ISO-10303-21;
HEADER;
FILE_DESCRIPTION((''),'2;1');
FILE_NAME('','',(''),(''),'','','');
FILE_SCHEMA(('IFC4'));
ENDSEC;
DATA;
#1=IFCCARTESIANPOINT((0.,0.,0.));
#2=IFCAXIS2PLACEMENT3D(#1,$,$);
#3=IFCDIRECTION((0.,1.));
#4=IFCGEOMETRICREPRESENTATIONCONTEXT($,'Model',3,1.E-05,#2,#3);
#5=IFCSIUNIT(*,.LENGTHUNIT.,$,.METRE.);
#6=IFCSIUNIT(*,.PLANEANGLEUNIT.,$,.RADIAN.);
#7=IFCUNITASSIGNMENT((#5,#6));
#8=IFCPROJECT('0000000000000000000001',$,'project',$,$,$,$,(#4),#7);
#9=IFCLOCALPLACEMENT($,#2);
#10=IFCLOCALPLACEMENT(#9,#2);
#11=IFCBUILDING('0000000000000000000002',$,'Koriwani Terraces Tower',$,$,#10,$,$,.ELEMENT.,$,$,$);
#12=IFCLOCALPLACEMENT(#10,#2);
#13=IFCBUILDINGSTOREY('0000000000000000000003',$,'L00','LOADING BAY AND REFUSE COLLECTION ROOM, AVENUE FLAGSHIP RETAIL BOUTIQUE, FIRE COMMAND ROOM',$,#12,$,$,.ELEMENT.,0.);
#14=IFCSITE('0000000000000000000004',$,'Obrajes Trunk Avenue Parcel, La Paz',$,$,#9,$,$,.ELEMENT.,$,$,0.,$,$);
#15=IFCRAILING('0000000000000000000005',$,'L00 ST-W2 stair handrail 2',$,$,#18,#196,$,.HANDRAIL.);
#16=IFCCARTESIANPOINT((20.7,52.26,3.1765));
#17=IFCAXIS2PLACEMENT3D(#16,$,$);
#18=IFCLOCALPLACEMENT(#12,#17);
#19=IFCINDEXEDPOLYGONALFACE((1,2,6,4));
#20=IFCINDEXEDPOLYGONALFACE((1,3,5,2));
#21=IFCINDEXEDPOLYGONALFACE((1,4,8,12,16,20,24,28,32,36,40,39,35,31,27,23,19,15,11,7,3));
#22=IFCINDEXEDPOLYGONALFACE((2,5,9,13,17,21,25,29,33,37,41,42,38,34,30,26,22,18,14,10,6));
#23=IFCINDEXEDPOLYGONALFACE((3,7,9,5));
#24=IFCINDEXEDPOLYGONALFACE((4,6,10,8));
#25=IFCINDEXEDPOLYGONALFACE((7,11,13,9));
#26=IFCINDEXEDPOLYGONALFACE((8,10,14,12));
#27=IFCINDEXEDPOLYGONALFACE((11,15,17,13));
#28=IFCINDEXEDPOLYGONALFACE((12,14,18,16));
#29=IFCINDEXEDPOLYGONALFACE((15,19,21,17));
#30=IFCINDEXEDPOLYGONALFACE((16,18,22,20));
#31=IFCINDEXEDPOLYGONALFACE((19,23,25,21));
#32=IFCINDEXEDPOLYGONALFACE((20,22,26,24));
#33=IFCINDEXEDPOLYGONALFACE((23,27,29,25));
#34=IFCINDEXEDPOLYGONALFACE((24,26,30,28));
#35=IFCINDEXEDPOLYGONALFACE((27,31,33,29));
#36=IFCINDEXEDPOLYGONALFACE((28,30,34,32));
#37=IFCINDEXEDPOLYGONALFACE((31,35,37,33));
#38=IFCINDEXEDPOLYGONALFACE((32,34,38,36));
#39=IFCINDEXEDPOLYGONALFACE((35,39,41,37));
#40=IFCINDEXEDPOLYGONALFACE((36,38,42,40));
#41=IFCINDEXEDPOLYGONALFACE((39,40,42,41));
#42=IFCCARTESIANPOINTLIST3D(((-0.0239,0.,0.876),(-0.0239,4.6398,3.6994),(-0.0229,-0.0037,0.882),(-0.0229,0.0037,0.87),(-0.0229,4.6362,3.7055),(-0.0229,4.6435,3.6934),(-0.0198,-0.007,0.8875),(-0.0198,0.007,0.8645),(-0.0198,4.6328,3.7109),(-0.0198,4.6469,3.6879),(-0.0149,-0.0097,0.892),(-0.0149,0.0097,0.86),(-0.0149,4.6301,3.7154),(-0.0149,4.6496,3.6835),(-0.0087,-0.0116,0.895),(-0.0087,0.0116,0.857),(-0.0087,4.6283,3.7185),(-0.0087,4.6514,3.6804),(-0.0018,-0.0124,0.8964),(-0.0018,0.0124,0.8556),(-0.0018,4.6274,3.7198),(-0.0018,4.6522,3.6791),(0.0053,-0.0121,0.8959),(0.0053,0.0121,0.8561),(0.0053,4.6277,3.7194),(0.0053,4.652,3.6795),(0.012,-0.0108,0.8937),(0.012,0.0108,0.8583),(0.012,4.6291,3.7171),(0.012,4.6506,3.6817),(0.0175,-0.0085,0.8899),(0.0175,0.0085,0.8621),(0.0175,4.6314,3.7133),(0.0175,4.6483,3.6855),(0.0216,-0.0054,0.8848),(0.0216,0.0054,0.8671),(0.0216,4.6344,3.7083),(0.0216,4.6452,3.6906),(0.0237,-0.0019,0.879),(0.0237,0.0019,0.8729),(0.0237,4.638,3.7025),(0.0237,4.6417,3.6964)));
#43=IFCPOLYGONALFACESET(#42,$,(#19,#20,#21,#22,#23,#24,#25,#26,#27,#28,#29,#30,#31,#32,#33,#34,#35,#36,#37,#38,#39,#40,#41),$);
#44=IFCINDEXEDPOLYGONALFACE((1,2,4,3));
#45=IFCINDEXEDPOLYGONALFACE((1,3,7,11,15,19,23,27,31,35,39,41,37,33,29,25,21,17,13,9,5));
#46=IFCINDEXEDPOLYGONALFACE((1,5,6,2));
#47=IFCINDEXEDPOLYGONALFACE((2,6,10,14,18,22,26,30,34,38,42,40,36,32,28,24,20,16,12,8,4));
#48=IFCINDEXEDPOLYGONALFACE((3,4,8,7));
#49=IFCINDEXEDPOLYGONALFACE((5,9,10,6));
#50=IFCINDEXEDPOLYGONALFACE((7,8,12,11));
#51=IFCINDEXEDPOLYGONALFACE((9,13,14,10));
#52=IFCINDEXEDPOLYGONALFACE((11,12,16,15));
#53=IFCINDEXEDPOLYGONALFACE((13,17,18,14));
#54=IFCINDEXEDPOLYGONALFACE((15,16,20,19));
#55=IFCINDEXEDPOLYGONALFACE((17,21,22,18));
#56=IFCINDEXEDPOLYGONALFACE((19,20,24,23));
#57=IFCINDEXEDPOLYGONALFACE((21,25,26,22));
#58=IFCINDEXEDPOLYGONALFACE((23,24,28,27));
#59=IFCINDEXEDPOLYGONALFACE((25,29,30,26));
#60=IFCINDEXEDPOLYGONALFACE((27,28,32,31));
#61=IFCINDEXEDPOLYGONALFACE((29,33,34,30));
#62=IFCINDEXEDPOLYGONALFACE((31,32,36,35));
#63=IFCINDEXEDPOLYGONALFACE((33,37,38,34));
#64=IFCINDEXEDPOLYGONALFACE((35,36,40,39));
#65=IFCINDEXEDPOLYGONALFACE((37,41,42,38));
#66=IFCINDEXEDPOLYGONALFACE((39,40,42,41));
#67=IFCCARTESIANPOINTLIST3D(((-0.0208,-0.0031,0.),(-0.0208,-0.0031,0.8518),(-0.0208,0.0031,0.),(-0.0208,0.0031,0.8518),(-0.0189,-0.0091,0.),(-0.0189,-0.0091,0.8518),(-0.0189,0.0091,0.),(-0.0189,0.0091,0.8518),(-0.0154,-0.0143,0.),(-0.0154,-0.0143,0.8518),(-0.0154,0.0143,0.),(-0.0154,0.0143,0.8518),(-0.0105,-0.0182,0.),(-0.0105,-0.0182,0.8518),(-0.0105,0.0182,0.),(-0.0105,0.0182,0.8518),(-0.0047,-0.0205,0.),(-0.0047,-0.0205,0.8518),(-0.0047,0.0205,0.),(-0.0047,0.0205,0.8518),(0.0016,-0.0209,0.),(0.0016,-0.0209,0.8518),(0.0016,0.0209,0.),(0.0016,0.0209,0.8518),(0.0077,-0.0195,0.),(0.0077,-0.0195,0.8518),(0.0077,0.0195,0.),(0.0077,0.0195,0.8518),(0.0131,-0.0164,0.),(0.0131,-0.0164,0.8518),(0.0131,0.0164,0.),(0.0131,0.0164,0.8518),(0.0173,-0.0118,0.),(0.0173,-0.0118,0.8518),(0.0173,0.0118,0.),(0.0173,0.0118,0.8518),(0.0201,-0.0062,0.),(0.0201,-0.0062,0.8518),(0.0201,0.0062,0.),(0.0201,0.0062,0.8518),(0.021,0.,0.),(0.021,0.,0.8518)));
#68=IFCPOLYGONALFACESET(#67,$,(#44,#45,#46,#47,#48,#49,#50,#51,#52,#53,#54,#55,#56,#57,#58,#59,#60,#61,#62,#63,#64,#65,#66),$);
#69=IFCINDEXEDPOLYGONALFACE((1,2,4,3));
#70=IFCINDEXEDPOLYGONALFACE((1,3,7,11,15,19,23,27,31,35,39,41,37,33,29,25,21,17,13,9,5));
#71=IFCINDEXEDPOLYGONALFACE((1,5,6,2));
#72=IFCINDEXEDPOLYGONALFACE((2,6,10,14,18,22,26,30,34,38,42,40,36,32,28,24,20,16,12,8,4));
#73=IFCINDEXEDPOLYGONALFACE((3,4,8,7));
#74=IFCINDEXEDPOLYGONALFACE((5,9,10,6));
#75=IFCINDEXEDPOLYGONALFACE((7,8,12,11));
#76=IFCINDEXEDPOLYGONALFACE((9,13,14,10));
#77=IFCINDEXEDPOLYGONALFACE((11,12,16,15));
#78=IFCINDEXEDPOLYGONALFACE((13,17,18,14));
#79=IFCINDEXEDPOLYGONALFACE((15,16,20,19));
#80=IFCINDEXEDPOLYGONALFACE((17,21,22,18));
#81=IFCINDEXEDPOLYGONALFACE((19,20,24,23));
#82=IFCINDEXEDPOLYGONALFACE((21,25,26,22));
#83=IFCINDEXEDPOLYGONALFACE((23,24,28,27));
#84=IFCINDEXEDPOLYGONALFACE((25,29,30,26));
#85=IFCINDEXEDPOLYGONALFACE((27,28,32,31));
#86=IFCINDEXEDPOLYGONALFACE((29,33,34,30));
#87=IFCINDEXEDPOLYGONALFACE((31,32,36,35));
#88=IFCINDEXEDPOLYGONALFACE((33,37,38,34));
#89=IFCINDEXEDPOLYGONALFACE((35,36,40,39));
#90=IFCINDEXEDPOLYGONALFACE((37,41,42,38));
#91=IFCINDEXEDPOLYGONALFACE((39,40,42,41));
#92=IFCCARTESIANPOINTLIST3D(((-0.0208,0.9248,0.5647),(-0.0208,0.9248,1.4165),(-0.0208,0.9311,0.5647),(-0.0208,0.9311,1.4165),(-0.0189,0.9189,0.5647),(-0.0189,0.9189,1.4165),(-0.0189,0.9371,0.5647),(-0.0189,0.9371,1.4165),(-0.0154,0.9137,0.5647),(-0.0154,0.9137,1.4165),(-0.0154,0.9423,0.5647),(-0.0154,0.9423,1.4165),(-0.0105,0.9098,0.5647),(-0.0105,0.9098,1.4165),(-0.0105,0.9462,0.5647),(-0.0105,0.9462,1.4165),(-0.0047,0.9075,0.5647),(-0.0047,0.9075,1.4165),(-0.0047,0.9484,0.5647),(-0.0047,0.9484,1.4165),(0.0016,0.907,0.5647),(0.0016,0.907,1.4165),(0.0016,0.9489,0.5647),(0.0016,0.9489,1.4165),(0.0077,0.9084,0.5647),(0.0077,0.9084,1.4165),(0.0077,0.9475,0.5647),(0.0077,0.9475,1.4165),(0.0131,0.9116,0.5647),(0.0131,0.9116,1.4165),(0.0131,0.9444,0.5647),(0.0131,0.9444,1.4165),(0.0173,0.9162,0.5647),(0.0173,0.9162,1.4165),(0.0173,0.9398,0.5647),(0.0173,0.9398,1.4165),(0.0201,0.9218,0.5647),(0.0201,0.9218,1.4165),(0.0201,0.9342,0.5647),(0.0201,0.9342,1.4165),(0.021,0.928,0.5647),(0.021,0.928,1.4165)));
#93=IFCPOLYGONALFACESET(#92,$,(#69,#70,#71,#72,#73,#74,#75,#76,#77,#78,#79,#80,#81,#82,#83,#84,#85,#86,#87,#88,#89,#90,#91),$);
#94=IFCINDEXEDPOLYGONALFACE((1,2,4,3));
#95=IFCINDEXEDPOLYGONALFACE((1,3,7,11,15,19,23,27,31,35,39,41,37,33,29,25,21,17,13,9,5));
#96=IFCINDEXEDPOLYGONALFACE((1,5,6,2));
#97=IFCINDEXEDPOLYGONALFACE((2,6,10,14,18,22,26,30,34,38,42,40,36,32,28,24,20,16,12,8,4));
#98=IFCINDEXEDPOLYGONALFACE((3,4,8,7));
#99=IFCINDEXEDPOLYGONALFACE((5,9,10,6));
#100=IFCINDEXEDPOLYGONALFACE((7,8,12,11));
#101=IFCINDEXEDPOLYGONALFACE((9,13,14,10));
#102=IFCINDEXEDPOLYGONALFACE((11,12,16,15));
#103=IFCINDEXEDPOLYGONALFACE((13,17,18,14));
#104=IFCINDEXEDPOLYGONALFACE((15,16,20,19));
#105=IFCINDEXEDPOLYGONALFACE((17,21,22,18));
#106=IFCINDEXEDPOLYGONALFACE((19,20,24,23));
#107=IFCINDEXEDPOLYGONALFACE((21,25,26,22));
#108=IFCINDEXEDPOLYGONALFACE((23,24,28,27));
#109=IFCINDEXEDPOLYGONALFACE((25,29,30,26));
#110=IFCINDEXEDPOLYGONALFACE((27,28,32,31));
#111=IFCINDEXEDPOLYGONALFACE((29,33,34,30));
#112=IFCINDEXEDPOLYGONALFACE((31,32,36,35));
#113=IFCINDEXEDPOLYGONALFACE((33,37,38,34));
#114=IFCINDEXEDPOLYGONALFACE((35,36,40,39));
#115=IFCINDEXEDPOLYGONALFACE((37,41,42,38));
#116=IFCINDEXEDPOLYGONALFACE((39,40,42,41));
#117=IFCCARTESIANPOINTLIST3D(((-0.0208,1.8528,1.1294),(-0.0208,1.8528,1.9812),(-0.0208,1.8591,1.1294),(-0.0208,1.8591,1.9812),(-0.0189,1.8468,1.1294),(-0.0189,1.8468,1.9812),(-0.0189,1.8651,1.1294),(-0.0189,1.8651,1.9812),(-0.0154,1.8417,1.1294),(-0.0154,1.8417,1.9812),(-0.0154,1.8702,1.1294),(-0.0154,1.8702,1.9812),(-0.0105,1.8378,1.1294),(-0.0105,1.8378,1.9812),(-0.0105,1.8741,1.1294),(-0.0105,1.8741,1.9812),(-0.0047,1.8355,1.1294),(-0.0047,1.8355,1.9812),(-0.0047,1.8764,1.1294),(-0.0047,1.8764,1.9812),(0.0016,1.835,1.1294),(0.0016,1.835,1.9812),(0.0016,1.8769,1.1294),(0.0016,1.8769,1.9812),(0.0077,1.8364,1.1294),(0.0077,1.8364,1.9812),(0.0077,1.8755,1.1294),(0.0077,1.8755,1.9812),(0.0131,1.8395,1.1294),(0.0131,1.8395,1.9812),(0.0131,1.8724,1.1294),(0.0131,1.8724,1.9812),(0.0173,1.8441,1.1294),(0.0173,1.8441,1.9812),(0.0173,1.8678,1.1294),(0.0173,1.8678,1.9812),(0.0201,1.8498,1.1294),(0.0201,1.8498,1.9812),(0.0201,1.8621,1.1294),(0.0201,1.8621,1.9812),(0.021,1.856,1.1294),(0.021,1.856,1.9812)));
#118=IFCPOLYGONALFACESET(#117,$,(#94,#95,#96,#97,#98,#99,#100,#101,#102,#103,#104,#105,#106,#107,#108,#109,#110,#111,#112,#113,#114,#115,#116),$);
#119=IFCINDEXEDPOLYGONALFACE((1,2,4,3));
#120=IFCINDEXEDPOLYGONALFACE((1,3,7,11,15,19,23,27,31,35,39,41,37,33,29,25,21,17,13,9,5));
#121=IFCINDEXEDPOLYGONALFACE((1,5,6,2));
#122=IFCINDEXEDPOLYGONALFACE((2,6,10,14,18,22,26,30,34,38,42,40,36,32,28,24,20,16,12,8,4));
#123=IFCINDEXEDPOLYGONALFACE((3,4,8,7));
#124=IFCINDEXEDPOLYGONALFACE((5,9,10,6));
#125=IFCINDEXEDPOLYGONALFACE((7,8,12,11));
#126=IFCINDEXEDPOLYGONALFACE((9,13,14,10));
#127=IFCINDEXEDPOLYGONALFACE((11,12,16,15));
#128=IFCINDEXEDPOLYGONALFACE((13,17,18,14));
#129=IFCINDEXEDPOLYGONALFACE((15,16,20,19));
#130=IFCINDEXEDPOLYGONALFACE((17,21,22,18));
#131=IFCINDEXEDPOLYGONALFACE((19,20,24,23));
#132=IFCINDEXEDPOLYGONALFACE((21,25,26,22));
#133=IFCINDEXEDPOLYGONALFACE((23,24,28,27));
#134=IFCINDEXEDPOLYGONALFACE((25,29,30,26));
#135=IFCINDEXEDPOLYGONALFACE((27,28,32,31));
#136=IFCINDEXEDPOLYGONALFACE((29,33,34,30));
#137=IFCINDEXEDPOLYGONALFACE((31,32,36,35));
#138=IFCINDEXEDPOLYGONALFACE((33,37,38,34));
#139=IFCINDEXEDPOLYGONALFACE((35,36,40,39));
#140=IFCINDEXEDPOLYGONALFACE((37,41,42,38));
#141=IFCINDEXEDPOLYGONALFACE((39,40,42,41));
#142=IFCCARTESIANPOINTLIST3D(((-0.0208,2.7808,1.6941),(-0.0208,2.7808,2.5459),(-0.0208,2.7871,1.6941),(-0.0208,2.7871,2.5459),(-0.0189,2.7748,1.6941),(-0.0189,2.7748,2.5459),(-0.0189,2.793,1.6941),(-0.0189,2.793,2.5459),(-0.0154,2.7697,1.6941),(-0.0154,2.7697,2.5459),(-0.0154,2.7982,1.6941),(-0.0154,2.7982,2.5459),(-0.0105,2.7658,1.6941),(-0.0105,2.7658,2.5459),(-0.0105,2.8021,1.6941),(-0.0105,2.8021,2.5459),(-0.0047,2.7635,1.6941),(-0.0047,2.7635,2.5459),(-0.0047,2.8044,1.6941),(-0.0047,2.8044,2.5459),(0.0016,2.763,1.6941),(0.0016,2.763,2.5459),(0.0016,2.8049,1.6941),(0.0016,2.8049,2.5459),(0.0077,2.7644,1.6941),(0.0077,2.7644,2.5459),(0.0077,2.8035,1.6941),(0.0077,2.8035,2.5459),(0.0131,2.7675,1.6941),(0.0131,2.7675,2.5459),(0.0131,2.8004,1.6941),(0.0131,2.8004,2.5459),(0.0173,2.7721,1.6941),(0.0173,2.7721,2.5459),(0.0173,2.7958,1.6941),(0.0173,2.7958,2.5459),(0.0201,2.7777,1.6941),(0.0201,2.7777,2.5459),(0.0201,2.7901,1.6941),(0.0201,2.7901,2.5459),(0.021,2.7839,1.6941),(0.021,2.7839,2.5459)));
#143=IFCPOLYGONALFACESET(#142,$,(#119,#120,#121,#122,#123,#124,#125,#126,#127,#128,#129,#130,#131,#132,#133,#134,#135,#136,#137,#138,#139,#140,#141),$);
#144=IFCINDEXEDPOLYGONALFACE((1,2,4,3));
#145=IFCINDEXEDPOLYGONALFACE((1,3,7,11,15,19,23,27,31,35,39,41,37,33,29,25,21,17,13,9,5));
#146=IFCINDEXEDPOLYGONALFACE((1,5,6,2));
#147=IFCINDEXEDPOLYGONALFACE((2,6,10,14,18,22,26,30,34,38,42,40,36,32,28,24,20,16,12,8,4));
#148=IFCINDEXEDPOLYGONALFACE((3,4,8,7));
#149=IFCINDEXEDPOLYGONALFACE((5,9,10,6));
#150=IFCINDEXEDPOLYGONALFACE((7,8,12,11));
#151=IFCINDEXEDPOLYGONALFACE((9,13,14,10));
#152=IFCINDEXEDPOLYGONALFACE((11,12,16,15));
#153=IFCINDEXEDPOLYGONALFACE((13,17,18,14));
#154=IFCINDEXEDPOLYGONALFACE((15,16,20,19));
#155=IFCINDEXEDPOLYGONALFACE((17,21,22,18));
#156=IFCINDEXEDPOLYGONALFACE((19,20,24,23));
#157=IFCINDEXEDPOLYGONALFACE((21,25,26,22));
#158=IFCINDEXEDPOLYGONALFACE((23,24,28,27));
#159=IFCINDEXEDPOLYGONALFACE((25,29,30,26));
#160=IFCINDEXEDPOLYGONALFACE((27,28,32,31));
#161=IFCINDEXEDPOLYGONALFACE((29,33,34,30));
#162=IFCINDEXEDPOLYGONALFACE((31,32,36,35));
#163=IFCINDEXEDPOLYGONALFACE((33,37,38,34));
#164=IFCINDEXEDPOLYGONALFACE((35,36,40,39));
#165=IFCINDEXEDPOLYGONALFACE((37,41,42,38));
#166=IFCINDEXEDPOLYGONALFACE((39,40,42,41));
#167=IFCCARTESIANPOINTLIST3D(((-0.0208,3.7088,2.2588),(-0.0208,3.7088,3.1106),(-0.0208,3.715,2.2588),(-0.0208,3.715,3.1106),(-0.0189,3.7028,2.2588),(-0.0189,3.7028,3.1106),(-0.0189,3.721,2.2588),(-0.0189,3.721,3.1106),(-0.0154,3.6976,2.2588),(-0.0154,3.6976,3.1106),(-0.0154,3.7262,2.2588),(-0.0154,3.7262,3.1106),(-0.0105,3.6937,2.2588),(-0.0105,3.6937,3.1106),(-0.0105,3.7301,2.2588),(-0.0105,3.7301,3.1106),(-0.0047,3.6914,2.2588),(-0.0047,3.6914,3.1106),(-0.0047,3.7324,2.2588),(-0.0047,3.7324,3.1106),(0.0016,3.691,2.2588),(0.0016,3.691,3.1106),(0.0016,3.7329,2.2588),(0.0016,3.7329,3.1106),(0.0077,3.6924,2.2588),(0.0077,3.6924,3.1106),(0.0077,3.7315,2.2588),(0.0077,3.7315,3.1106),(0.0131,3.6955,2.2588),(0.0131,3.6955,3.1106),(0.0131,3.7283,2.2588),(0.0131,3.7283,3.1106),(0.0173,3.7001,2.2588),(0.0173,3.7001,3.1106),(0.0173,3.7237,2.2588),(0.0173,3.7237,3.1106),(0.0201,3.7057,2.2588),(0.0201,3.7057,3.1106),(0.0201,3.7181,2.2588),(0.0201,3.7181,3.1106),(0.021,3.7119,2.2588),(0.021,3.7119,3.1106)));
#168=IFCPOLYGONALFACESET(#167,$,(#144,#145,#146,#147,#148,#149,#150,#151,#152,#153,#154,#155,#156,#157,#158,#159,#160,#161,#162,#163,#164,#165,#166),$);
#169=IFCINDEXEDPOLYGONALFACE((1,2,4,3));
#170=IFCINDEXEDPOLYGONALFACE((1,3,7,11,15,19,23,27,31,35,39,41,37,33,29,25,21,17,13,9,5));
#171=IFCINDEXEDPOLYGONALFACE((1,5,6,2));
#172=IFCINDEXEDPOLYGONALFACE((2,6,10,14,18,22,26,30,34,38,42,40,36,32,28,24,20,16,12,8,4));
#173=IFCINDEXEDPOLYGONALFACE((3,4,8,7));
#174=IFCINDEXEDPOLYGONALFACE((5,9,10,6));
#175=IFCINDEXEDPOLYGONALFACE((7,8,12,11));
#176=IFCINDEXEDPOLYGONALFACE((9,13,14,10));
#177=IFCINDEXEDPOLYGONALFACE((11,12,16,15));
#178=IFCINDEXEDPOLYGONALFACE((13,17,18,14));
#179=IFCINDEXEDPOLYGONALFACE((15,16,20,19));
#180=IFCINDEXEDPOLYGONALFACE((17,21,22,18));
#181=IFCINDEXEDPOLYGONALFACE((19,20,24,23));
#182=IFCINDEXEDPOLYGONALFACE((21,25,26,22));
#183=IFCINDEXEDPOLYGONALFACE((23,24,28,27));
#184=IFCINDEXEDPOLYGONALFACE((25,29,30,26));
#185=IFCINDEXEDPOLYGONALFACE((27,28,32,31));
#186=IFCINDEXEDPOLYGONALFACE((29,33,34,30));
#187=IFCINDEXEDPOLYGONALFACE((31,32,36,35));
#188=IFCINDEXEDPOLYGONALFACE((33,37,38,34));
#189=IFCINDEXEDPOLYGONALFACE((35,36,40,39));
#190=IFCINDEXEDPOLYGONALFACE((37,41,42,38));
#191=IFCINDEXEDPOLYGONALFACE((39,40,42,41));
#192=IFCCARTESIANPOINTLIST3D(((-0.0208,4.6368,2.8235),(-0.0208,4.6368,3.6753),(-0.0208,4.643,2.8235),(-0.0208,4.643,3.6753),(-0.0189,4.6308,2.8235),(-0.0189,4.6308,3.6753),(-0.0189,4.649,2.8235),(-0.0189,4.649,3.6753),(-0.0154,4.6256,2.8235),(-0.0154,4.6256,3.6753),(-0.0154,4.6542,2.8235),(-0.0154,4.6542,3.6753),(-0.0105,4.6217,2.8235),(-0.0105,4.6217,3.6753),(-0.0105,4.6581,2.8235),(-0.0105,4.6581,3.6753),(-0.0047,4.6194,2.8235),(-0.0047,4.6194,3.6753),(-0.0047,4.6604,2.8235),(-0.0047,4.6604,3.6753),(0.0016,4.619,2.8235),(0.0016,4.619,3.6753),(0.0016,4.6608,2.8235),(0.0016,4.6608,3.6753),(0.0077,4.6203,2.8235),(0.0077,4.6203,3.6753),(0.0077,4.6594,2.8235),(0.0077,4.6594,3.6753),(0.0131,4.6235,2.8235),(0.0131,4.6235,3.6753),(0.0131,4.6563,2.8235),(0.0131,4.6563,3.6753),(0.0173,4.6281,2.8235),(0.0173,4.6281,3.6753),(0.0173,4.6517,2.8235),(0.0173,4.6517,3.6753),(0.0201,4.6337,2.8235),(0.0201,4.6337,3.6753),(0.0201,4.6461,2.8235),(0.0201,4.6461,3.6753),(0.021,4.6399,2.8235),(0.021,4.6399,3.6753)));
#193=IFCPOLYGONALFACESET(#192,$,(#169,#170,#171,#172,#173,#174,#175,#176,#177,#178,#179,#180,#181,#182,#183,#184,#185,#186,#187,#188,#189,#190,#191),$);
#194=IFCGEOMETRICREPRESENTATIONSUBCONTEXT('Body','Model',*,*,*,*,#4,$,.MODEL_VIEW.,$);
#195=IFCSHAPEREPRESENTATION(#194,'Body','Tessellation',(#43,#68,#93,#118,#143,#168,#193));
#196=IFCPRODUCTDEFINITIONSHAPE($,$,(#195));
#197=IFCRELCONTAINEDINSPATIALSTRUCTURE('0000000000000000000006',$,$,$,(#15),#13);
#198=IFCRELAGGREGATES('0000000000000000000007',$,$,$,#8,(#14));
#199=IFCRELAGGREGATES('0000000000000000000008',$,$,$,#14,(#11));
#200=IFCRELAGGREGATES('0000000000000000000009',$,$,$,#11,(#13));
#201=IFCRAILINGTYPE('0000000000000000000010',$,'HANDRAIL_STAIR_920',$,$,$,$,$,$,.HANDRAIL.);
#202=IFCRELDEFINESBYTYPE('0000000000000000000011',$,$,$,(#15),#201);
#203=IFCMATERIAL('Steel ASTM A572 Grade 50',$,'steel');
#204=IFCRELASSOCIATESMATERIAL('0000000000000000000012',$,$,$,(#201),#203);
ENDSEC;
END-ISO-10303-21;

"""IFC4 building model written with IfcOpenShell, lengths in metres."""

from ifc_helpers import new_model, si_unit, direction, frame, origin, origin_2d, place, context, subcontext, project, spatial, circle, extrude, material, type_object, element, save


model = new_model("IFC4")

# Units and contexts
model_context = context("Model", 3, precision=1e-05, world=origin(), true_north=direction((0.0, 1.0)))
body_context = subcontext(model_context, "Body", "Model", "MODEL_VIEW")
ifc_project = project(units=[si_unit("LENGTHUNIT", "METRE"), si_unit("PLANEANGLEUNIT", "RADIAN")], contexts=[model_context])

# Site, building, storey
site_placement = place(None, origin())
site = spatial("IfcSite", under=ifc_project, at=site_placement, Name="Obrajes Trunk Avenue Parcel, La Paz", CompositionType="ELEMENT", RefElevation=0.0)
building_placement = place(site_placement, origin())
building = spatial("IfcBuilding", under=site, at=building_placement, Name="Koriwani Terraces Tower", CompositionType="ELEMENT")
storey_placement = place(building_placement, origin())
storey = spatial("IfcBuildingStorey", under=building, at=storey_placement, Name="L00", Description="LOADING BAY AND REFUSE COLLECTION ROOM, AVENUE FLAGSHIP RETAIL BOUTIQUE, FIRE COMMAND ROOM", CompositionType="ELEMENT", Elevation=0.0)

# Shared definitions
ifc_material_1 = material(Name="Steel ASTM A572 Grade 50", Category="steel")

# Railing
railing_type_1 = type_object("IfcRailingType", Name="HANDRAIL_STAIR_920", PredefinedType="HANDRAIL", material=ifc_material_1)
for number, where, name in (
    (1, (20.7, 52.26, 3.1765), "L00 ST-W2 stair handrail 2"),
):
    element("IfcRailing", number, at=place(storey_placement, frame(where)), inside=storey, type_object=railing_type_1, Name=name, PredefinedType="HANDRAIL", context=body_context, shape_type="SweptSolid", body=[
        extrude(circle(Radius=0.0239, at=origin_2d()), frame((0.0, 0.0, 0.876), z_axis=(0.0, 0.854264, 0.51984), x_axis=(-1.0, 0.0, 0.0)), (0.0, 0.0, 1.0), 5.4314),
        extrude(circle(Radius=0.021, at=origin_2d()), origin(), (0.0, 0.0, 1.0), 0.8518),
        extrude(circle(Radius=0.021, at=origin_2d()), frame((0.0, 0.928, 0.5647)), (0.0, 0.0, 1.0), 0.8518),
        extrude(circle(Radius=0.021, at=origin_2d()), frame((0.0, 1.856, 1.1294)), (0.0, 0.0, 1.0), 0.8518),
        extrude(circle(Radius=0.021, at=origin_2d()), frame((0.0, 2.7839, 1.6941)), (0.0, 0.0, 1.0), 0.8518),
        extrude(circle(Radius=0.021, at=origin_2d()), frame((0.0, 3.7119, 2.2588)), (0.0, 0.0, 1.0), 0.8518),
        extrude(circle(Radius=0.021, at=origin_2d()), frame((0.0, 4.6399, 2.8235)), (0.0, 0.0, 1.0), 0.8518),
    ])

save(model, "model.ifc")
